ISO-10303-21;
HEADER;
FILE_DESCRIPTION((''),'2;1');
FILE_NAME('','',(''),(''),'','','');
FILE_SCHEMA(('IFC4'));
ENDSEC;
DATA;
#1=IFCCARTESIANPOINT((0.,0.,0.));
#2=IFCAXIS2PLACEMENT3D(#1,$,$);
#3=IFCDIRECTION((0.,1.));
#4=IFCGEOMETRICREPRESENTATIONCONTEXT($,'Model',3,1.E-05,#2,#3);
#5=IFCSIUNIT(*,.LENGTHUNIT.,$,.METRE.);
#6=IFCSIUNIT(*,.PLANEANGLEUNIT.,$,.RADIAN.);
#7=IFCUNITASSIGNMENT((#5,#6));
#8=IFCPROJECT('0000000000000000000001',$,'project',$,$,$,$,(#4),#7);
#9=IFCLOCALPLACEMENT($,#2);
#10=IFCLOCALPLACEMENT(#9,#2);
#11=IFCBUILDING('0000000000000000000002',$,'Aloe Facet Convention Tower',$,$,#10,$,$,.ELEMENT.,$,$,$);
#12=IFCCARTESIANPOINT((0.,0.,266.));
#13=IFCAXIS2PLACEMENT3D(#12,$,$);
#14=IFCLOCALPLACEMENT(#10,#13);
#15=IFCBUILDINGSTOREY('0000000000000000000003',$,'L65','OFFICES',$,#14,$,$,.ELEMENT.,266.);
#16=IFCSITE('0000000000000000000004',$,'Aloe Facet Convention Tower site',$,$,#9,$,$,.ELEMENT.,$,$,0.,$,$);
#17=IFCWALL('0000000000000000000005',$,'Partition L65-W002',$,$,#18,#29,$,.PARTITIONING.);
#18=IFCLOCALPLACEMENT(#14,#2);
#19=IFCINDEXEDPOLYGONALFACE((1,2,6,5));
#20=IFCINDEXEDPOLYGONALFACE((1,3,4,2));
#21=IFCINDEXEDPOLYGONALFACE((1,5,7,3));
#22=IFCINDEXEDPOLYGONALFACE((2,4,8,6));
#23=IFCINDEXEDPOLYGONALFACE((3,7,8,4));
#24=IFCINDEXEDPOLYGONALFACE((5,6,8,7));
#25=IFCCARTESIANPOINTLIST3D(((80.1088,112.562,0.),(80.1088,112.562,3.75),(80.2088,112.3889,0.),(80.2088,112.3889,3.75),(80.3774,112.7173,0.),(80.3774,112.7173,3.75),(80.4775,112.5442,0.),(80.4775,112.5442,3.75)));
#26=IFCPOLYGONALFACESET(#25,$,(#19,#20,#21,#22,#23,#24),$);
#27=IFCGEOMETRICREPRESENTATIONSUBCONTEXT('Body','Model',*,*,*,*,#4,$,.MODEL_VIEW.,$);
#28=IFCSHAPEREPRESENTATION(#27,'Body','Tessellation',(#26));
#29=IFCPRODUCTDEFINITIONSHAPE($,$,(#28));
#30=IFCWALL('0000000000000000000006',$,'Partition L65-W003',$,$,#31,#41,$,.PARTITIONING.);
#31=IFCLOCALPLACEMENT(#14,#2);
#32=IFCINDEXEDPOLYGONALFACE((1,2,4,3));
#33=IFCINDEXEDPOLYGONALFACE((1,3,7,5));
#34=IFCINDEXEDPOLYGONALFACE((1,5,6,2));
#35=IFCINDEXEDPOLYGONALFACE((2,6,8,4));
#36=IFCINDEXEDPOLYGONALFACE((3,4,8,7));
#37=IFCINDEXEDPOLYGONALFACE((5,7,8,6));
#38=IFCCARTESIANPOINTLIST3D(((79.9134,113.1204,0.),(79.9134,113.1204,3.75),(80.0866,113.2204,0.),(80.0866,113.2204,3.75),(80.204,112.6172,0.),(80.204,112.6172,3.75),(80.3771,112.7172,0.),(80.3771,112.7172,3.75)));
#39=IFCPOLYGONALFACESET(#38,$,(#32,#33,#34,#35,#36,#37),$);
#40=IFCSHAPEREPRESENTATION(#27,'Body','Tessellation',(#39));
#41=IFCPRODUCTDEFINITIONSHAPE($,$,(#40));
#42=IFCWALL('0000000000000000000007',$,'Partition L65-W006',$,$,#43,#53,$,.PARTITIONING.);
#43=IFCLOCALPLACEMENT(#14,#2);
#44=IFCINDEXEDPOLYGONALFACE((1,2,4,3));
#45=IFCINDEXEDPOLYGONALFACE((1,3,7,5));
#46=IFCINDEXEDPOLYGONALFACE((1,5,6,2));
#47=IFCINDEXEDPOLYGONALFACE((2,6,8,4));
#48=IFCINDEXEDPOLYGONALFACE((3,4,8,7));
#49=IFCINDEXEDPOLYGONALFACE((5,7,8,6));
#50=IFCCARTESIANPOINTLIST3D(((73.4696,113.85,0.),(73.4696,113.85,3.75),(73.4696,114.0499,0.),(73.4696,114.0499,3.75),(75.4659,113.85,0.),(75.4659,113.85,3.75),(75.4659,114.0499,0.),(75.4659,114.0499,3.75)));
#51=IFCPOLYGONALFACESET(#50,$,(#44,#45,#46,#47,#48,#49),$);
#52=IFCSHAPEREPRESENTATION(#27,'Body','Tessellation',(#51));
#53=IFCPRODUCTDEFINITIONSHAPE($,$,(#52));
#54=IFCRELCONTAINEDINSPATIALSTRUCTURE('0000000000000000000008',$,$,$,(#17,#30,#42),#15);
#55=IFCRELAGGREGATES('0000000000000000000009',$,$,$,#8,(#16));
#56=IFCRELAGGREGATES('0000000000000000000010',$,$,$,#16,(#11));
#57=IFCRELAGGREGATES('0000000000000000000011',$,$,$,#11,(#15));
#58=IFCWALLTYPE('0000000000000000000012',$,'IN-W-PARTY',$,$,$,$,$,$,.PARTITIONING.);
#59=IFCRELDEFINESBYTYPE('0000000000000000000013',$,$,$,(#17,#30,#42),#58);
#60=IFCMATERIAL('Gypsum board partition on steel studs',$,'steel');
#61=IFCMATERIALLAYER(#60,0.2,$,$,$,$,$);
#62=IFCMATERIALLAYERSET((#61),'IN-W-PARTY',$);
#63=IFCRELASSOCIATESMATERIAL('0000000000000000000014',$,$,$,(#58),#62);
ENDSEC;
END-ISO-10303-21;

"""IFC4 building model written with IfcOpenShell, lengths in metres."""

from ifc_helpers import new_model, si_unit, direction, frame, frame_2d, origin, place, context, subcontext, project, spatial, rectangle, extrude, material, layer, layer_set, type_object, element, save


model = new_model("IFC4")

# Units and contexts
model_context = context("Model", 3, precision=1e-05, world=origin(), true_north=direction((0.0, 1.0)))
body_context = subcontext(model_context, "Body", "Model", "MODEL_VIEW")
ifc_project = project(units=[si_unit("LENGTHUNIT", "METRE"), si_unit("PLANEANGLEUNIT", "RADIAN")], contexts=[model_context])

# Site, building, storey
site_placement = place(None, origin())
site = spatial("IfcSite", under=ifc_project, at=site_placement, Name="Aloe Facet Convention Tower site", CompositionType="ELEMENT", RefElevation=0.0)
building_placement = place(site_placement, origin())
building = spatial("IfcBuilding", under=site, at=building_placement, Name="Aloe Facet Convention Tower", CompositionType="ELEMENT")
storey_placement = place(building_placement, frame((0.0, 0.0, 266.0)))
storey = spatial("IfcBuildingStorey", under=building, at=storey_placement, Name="L65", Description="OFFICES", CompositionType="ELEMENT", Elevation=266.0)

# Walls
ifc_material_1 = material(Name="Gypsum board partition on steel studs", Category="steel")
ifc_layer_1 = layer(ifc_material_1, 0.2)
ifc_layer_set_1 = layer_set([ifc_layer_1], Name="IN-W-PARTY")
wall_type_1 = type_object("IfcWallType", Name="IN-W-PARTY", PredefinedType="PARTITIONING", material=ifc_layer_set_1)
wall_1_placement = place(storey_placement, frame((80.1587, 112.4753, 0.0), z_axis=(0.0, 0.0, 1.0), x_axis=(0.865714, 0.50054, 0.0)))
element("IfcWall", 1, at=wall_1_placement, inside=storey, type_object=wall_type_1, Name="Partition L65-W002", PredefinedType="PARTITIONING", context=body_context, shape_type="SweptSolid", body=[
    extrude(rectangle(XDim=0.3103, YDim=0.2, at=frame_2d((0.1553, 0.0))), origin(), (0.0, 0.0, 1.0), 3.75),
])
wall_2_placement = place(storey_placement, frame((80.0, 113.1704, 0.0), z_axis=(0.0, 0.0, 1.0), x_axis=(0.500026, -0.866011, 0.0)))
element("IfcWall", 2, at=wall_2_placement, inside=storey, type_object=wall_type_1, Name="Partition L65-W003", PredefinedType="PARTITIONING", context=body_context, shape_type="SweptSolid", body=[
    extrude(rectangle(XDim=0.5811, YDim=0.2, at=frame_2d((0.2905, 0.0))), origin(), (0.0, 0.0, 1.0), 3.75),
])
wall_3_placement = place(storey_placement, frame((73.4697, 113.95, 0.0), z_axis=(0.0, 0.0, 1.0), x_axis=(1.0, 0.0, 0.0)))
element("IfcWall", 3, at=wall_3_placement, inside=storey, type_object=wall_type_1, Name="Partition L65-W006", PredefinedType="PARTITIONING", context=body_context, shape_type="SweptSolid", body=[
    extrude(rectangle(XDim=1.9963, YDim=0.2, at=frame_2d((0.998, 0.0))), origin(), (0.0, 0.0, 1.0), 3.75),
])

save(model, "model.ifc")
